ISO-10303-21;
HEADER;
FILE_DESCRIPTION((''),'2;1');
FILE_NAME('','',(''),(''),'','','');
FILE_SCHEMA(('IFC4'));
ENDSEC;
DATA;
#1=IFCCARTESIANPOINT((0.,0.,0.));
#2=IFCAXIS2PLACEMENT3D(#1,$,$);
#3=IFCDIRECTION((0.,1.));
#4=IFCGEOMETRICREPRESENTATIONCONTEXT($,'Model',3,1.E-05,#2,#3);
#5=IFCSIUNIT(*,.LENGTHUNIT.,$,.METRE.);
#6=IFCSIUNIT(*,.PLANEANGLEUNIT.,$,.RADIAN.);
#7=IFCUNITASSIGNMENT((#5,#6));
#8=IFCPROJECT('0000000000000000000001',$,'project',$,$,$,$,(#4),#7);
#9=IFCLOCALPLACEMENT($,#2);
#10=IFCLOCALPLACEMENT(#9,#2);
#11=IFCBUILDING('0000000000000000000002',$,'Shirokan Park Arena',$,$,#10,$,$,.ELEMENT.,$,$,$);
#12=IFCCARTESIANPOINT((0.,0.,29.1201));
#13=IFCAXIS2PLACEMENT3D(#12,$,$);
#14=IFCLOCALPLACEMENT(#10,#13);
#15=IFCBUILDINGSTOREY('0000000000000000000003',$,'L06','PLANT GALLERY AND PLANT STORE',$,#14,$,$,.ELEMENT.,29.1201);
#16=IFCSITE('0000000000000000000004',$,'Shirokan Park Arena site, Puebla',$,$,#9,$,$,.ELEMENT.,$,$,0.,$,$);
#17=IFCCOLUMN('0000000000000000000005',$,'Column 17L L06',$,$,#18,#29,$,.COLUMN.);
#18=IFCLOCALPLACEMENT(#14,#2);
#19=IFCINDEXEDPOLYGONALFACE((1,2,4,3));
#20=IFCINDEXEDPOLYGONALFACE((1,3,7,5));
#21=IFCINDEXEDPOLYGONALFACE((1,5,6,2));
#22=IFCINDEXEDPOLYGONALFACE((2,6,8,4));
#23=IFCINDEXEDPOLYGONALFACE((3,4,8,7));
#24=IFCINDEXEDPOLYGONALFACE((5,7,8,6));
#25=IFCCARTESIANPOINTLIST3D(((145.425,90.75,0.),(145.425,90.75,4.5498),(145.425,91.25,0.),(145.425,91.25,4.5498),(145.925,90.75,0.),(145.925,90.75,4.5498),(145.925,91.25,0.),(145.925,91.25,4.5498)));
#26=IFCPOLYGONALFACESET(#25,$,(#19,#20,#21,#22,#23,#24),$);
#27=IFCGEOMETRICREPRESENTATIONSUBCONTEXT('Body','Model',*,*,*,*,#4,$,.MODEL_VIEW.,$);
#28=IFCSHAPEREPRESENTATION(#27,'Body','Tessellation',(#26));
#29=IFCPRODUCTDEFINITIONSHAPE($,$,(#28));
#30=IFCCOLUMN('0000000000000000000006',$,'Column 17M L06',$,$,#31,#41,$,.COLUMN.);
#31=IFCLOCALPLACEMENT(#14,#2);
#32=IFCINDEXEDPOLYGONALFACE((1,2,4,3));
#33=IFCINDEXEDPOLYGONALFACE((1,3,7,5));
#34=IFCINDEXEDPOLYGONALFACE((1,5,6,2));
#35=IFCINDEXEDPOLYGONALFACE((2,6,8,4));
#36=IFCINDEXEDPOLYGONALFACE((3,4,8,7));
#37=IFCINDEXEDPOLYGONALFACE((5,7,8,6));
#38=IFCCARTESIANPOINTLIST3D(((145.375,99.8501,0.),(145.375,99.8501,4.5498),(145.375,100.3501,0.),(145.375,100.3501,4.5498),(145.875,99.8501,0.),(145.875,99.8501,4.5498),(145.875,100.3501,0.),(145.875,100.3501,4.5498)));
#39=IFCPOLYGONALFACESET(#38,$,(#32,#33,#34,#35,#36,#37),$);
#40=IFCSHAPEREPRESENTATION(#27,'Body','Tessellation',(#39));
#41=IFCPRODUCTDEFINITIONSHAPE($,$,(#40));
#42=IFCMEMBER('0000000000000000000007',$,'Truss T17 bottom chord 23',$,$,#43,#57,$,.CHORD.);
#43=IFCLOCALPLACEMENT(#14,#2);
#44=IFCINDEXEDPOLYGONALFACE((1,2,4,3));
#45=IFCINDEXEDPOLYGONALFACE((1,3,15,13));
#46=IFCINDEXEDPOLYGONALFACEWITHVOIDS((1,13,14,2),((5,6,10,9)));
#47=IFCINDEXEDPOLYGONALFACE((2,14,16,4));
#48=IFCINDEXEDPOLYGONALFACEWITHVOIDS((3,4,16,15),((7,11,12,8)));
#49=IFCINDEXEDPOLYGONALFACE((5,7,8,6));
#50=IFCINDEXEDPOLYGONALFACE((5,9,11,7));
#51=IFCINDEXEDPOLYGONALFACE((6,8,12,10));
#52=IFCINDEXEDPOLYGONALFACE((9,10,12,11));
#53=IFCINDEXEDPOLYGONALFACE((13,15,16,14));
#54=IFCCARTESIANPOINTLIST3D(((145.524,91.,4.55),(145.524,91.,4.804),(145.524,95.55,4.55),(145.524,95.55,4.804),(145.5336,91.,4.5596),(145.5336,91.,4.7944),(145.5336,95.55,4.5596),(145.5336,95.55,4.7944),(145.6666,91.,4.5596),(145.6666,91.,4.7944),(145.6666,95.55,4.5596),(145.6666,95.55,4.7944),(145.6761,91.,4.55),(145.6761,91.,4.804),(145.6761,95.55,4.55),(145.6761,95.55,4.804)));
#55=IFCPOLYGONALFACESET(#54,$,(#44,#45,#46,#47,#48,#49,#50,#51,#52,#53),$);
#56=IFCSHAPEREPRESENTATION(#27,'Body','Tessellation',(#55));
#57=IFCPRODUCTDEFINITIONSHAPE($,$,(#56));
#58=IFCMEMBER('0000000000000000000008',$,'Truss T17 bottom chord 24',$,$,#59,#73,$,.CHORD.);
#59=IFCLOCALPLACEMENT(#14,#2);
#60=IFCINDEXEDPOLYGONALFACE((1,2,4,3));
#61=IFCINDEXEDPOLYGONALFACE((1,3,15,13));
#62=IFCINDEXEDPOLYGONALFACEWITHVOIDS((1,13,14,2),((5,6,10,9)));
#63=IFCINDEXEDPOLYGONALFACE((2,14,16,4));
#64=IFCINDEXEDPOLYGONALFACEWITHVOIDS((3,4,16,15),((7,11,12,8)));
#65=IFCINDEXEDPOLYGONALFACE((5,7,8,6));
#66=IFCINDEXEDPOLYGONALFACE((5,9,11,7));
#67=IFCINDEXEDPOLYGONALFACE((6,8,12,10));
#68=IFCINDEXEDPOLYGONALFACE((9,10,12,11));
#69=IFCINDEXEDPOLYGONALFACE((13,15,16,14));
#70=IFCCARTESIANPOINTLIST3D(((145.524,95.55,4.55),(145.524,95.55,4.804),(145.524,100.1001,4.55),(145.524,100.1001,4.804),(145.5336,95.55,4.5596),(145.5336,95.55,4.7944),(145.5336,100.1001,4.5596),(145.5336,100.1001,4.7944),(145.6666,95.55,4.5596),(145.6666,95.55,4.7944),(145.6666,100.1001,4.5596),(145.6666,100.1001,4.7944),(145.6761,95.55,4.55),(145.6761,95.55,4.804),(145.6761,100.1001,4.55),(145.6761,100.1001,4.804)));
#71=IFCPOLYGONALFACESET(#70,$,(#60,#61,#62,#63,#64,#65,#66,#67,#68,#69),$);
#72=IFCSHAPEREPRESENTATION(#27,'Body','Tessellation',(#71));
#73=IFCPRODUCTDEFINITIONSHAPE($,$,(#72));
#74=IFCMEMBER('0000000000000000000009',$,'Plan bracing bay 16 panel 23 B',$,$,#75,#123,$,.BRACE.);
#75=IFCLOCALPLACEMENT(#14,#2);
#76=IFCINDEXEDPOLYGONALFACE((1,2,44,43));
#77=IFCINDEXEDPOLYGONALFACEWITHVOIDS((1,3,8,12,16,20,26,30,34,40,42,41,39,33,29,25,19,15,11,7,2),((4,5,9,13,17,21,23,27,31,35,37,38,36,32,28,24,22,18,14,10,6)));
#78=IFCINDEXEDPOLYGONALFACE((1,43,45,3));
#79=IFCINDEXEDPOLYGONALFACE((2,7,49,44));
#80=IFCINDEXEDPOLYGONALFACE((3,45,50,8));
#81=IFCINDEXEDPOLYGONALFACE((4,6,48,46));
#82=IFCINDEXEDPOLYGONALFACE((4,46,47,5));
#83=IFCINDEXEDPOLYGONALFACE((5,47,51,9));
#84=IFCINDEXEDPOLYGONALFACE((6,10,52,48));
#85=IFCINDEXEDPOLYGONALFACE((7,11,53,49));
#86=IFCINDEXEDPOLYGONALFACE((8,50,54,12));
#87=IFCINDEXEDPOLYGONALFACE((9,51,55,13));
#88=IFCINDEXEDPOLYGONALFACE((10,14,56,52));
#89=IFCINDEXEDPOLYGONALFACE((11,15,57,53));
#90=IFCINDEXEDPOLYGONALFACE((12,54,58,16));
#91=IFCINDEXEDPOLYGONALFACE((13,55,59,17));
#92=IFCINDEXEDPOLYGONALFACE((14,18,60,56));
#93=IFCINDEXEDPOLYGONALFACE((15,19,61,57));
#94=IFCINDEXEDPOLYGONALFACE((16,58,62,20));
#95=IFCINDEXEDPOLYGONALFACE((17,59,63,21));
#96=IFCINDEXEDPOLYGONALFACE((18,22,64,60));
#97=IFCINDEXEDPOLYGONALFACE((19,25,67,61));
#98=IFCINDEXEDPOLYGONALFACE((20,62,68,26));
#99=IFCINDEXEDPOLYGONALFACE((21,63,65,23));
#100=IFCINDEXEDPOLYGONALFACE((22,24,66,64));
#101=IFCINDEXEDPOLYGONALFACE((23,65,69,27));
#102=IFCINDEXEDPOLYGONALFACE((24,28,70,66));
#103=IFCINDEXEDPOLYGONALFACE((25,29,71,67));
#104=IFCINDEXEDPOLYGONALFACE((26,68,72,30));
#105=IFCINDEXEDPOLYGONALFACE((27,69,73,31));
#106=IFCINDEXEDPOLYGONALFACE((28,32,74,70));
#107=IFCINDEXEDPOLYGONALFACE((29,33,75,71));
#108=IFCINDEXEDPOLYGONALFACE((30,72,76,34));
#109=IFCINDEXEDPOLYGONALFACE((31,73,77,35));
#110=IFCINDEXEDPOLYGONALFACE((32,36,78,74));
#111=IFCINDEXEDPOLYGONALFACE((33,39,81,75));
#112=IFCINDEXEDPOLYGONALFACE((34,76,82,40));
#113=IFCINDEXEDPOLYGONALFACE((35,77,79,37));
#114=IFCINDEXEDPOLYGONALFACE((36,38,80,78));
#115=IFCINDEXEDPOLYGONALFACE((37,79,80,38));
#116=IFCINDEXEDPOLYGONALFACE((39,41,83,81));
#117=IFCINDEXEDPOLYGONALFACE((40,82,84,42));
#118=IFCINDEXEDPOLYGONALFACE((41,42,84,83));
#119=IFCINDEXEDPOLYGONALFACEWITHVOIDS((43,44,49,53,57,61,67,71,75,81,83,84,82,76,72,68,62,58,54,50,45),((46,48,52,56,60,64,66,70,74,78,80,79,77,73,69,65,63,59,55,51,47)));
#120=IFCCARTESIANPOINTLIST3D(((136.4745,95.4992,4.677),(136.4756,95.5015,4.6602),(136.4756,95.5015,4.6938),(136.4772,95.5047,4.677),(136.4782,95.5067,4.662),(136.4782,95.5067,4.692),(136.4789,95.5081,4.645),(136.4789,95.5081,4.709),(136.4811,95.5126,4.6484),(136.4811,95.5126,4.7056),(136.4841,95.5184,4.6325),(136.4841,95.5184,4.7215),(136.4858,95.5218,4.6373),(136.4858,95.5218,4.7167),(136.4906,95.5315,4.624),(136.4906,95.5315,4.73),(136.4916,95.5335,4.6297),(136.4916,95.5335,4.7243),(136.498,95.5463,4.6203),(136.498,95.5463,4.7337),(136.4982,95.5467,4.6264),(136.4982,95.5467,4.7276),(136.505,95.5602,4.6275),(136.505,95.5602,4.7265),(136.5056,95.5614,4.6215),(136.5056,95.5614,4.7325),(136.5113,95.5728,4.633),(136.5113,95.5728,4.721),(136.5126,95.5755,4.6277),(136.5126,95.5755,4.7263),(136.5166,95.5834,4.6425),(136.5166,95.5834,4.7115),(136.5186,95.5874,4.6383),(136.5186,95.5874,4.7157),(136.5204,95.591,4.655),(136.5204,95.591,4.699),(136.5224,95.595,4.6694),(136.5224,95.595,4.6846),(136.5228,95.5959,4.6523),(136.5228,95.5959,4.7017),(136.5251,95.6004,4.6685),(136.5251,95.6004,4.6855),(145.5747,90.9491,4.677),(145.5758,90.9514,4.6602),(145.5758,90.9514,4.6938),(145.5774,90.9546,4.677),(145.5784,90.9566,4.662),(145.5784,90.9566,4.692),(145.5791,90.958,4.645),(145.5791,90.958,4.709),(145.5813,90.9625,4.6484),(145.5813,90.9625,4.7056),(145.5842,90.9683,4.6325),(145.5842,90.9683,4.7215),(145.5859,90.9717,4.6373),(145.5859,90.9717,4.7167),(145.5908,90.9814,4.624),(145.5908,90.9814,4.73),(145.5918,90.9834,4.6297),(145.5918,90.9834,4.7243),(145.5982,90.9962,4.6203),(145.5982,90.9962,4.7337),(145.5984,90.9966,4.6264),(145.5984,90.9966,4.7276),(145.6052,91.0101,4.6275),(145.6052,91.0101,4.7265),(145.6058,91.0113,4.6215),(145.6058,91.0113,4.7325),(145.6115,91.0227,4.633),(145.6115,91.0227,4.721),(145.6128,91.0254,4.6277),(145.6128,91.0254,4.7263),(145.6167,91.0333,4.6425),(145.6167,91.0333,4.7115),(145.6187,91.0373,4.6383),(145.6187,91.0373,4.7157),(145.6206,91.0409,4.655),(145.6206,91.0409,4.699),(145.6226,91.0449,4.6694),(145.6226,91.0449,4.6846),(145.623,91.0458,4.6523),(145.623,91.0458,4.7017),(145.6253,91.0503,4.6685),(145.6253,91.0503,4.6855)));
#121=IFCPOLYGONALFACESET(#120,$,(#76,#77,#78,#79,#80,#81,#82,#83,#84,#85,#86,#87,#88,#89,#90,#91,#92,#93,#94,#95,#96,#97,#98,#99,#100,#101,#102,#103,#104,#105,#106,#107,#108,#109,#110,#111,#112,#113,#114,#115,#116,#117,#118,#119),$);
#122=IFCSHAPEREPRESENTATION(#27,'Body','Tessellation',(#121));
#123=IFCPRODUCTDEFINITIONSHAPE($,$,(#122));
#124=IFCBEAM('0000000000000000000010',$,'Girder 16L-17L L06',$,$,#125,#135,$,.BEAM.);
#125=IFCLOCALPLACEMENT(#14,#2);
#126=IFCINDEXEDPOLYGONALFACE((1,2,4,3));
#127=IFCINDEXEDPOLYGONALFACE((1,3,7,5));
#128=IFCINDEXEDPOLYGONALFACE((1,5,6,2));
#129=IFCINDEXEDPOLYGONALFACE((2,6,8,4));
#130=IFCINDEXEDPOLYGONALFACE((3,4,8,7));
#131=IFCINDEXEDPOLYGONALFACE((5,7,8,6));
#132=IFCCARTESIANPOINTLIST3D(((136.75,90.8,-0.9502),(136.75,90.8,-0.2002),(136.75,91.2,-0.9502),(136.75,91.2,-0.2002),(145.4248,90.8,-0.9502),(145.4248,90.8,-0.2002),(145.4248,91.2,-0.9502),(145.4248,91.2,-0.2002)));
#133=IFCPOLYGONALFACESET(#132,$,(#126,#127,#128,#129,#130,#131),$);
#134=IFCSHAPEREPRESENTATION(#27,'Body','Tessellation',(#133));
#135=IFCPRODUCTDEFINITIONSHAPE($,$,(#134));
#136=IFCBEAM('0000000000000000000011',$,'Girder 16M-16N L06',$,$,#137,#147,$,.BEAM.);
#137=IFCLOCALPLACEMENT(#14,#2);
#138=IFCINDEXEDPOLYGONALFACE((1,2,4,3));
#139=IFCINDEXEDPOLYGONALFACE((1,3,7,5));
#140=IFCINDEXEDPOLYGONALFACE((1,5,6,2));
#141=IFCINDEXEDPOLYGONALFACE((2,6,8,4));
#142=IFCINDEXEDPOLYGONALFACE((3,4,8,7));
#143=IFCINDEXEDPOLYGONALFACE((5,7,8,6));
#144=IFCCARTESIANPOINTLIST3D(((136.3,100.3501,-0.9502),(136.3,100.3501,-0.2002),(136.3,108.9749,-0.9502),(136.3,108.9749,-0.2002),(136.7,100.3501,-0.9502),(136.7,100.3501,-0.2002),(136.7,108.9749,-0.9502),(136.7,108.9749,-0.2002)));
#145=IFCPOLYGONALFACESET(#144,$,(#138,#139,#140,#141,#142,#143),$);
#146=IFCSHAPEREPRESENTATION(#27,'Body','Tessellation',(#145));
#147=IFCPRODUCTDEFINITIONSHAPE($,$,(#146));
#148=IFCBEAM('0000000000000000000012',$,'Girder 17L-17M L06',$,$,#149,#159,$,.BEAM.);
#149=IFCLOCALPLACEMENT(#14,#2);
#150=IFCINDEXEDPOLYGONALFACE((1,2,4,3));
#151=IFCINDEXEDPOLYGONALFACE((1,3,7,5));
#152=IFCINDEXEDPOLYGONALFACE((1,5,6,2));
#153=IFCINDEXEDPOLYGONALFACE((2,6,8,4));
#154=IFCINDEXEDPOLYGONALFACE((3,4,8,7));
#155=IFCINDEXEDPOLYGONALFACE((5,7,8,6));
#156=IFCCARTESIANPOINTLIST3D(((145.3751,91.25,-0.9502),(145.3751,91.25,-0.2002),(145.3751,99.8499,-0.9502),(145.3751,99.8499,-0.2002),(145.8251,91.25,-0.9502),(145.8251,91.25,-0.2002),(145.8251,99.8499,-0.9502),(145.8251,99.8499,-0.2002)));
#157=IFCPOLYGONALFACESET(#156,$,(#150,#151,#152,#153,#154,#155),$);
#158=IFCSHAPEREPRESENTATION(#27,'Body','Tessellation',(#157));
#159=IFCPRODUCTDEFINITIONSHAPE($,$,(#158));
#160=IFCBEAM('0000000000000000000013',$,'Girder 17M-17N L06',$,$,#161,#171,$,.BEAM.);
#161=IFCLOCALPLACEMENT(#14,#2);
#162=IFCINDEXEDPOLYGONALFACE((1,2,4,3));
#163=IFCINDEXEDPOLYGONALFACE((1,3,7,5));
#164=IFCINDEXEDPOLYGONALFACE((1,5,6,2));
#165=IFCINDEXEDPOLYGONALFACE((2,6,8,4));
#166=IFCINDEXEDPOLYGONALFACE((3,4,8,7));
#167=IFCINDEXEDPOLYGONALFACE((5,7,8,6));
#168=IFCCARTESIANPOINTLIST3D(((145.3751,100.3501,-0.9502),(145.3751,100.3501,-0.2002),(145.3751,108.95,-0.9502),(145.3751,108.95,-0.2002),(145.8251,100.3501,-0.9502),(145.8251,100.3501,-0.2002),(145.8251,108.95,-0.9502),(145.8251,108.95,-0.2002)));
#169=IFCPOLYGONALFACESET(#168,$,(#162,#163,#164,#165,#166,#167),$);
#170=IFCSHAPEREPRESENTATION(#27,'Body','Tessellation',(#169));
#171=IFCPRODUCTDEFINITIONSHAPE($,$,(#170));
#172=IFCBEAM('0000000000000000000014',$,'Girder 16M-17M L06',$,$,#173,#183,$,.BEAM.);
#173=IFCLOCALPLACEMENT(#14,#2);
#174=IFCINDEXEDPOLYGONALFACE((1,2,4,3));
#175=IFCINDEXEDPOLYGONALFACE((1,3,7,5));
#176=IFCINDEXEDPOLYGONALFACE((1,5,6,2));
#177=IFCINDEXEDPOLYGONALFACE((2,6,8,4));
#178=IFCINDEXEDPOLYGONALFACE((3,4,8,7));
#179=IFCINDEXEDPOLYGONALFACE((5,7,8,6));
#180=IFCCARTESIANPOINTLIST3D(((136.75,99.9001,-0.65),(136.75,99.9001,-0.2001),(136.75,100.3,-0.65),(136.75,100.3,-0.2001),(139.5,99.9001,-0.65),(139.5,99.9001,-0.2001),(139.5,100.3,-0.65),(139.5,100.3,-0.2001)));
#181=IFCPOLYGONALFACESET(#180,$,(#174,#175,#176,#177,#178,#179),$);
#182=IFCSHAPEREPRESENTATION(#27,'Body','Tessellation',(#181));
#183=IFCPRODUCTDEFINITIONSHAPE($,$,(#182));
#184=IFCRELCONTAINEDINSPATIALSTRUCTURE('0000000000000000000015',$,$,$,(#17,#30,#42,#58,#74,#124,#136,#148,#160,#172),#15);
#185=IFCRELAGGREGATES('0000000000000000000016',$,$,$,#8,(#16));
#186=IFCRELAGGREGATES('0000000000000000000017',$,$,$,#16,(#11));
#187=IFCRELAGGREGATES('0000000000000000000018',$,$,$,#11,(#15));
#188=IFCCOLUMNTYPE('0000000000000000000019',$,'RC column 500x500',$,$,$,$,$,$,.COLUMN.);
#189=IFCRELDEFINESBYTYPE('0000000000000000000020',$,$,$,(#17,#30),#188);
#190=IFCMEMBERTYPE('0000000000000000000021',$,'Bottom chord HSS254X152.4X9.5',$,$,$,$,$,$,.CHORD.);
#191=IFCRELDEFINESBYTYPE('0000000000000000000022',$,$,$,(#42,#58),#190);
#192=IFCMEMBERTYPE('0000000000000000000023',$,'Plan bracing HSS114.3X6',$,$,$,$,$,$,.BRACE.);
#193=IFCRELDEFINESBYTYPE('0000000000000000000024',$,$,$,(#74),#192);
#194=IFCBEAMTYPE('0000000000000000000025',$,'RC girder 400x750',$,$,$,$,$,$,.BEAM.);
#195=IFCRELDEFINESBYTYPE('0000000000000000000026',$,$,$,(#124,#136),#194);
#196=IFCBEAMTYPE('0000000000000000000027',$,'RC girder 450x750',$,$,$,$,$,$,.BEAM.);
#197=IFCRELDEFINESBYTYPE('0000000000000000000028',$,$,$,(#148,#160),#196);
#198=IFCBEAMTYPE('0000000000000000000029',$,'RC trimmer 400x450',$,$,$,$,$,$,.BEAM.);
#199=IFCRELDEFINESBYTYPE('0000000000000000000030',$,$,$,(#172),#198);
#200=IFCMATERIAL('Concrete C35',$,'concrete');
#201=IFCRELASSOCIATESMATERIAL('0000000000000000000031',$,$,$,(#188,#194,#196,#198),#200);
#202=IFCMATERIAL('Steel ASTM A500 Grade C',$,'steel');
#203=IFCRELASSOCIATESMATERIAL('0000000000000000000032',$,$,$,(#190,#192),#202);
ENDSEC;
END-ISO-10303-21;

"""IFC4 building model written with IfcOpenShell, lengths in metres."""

from ifc_helpers import new_model, si_unit, direction, frame, origin, origin_2d, place, context, subcontext, project, spatial, rectangle, hollow_rectangle, hollow_circle, extrude, material, material_profile, profile_set, type_object, element, save


model = new_model("IFC4")

# Units and contexts
model_context = context("Model", 3, precision=1e-05, world=origin(), true_north=direction((0.0, 1.0)))
body_context = subcontext(model_context, "Body", "Model", "MODEL_VIEW")
ifc_project = project(units=[si_unit("LENGTHUNIT", "METRE"), si_unit("PLANEANGLEUNIT", "RADIAN")], contexts=[model_context])

# Site, building, storey
site_placement = place(None, origin())
site = spatial("IfcSite", under=ifc_project, at=site_placement, Name="Shirokan Park Arena site, Puebla", CompositionType="ELEMENT", RefElevation=0.0)
building_placement = place(site_placement, origin())
building = spatial("IfcBuilding", under=site, at=building_placement, Name="Shirokan Park Arena", CompositionType="ELEMENT")
storey_placement = place(building_placement, frame((0.0, 0.0, 29.1201)))
storey = spatial("IfcBuildingStorey", under=building, at=storey_placement, Name="L06", Description="PLANT GALLERY AND PLANT STORE", CompositionType="ELEMENT", Elevation=29.1201)

# Columns
ifc_material_1 = material(Name="Concrete C35", Category="concrete")
ifc_material_profile_1 = material_profile(ifc_material_1, rectangle(XDim=0.5, YDim=0.5, at=origin_2d()), Name="500x500")
ifc_profile_set_1 = profile_set([ifc_material_profile_1], Name="Concrete C35")
column_type = type_object("IfcColumnType", Name="RC column 500x500", PredefinedType="COLUMN", material=ifc_profile_set_1)
for number, where, z_axis, x_axis, name in (
    (1, (145.675, 91.0, 0.0), (0.0, 0.0, 1.0), (1.0, 0.0, 0.0), "Column 17L L06"),
    (2, (145.625, 100.1001, 0.0), (0.0, 0.0, 1.0), (1.0, 0.0, 0.0), "Column 17M L06"),
):
    element("IfcColumn", number, at=place(storey_placement, frame(where, z_axis=z_axis, x_axis=x_axis)), inside=storey, type_object=column_type, Name=name, PredefinedType="COLUMN", context=body_context, shape_type="SweptSolid", body=[
        extrude(rectangle(XDim=0.5, YDim=0.5, at=origin_2d()), origin(), (0.0, 0.0, 1.0), 4.5498),
    ])

# Members
ifc_material_2 = material(Name="Steel ASTM A500 Grade C", Category="steel")
ifc_material_profile_2 = material_profile(ifc_material_2, hollow_rectangle(XDim=0.1521, YDim=0.2539, WallThickness=0.0095, at=origin_2d()), Name="HSS254X152.4X9.5")
ifc_profile_set_2 = profile_set([ifc_material_profile_2], Name="Steel ASTM A500 Grade C")
member_type_1 = type_object("IfcMemberType", Name="Bottom chord HSS254X152.4X9.5", PredefinedType="CHORD", material=ifc_profile_set_2)
for number, where, z_axis, x_axis, name in (
    (3, (145.6001, 91.0, 4.677), (0.0, 1.0, 0.0), (-1.0, 0.0, 0.0), "Truss T17 bottom chord 23"),
    (4, (145.6001, 95.55, 4.677), (0.0, 1.0, 0.0), (-1.0, 0.0, 0.0), "Truss T17 bottom chord 24"),
):
    element("IfcMember", number, at=place(storey_placement, frame(where, z_axis=z_axis, x_axis=x_axis)), inside=storey, type_object=member_type_1, Name=name, PredefinedType="CHORD", context=body_context, shape_type="SweptSolid", body=[
        extrude(hollow_rectangle(XDim=0.1521, YDim=0.2539, WallThickness=0.0095, at=origin_2d()), origin(), (0.0, 0.0, 1.0), 4.55),
    ])
ifc_material_profile_3 = material_profile(ifc_material_2, hollow_circle(Radius=0.0569, WallThickness=0.0061, at=origin_2d()), Name="HSS114.3X6")
ifc_profile_set_3 = profile_set([ifc_material_profile_3], Name="Steel ASTM A500 Grade C")
member_type_2 = type_object("IfcMemberType", Name="Plan bracing HSS114.3X6", PredefinedType="BRACE", material=ifc_profile_set_3)
member_1_placement = place(storey_placement, frame((145.6001, 91.0, 4.677), z_axis=(-0.894427, 0.447214, 0.0), x_axis=(-0.447214, -0.894427, 0.0)))
element("IfcMember", 5, at=member_1_placement, inside=storey, type_object=member_type_2, Name="Plan bracing bay 16 panel 23 B", PredefinedType="BRACE", context=body_context, shape_type="SweptSolid", body=[
    extrude(hollow_circle(Radius=0.0569, WallThickness=0.0061, at=origin_2d()), origin(), (0.0, 0.0, 1.0), 10.1743),
])

# Beams
ifc_material_profile_4 = material_profile(ifc_material_1, rectangle(XDim=0.3999, YDim=0.75, at=origin_2d()), Name="400x750")
ifc_profile_set_4 = profile_set([ifc_material_profile_4], Name="Concrete C35")
beam_type_1 = type_object("IfcBeamType", Name="RC girder 400x750", PredefinedType="BEAM", material=ifc_profile_set_4)
beam_1_placement = place(storey_placement, frame((136.75, 91.0, -0.5752), z_axis=(1.0, 0.0, 0.0), x_axis=(0.0, 1.0, 0.0)))
element("IfcBeam", 6, at=beam_1_placement, inside=storey, type_object=beam_type_1, Name="Girder 16L-17L L06", PredefinedType="BEAM", context=body_context, shape_type="SweptSolid", body=[
    extrude(rectangle(XDim=0.3999, YDim=0.75, at=origin_2d()), origin(), (0.0, 0.0, 1.0), 8.6748),
])
beam_2_placement = place(storey_placement, frame((136.5, 100.3501, -0.5752), z_axis=(0.0, 1.0, 0.0), x_axis=(-1.0, 0.0, 0.0)))
element("IfcBeam", 7, at=beam_2_placement, inside=storey, type_object=beam_type_1, Name="Girder 16M-16N L06", PredefinedType="BEAM", context=body_context, shape_type="SweptSolid", body=[
    extrude(rectangle(XDim=0.3999, YDim=0.75, at=origin_2d()), origin(), (0.0, 0.0, 1.0), 8.6248),
])
ifc_material_profile_5 = material_profile(ifc_material_1, rectangle(XDim=0.45, YDim=0.75, at=origin_2d()), Name="450x750")
ifc_profile_set_5 = profile_set([ifc_material_profile_5], Name="Concrete C35")
beam_type_2 = type_object("IfcBeamType", Name="RC girder 450x750", PredefinedType="BEAM", material=ifc_profile_set_5)
for number, where, z_axis, x_axis, name in (
    (8, (145.6001, 91.25, -0.5752), (0.0, 1.0, 0.0), (-1.0, 0.0, 0.0), "Girder 17L-17M L06"),
    (9, (145.6001, 100.3501, -0.5752), (0.0, 1.0, 0.0), (-1.0, 0.0, 0.0), "Girder 17M-17N L06"),
):
    element("IfcBeam", number, at=place(storey_placement, frame(where, z_axis=z_axis, x_axis=x_axis)), inside=storey, type_object=beam_type_2, Name=name, PredefinedType="BEAM", context=body_context, shape_type="SweptSolid", body=[
        extrude(rectangle(XDim=0.45, YDim=0.75, at=origin_2d()), origin(), (0.0, 0.0, 1.0), 8.5999),
    ])
ifc_material_profile_6 = material_profile(ifc_material_1, rectangle(XDim=0.3999, YDim=0.45, at=origin_2d()), Name="400x450")
ifc_profile_set_6 = profile_set([ifc_material_profile_6], Name="Concrete C35")
beam_type_3 = type_object("IfcBeamType", Name="RC trimmer 400x450", PredefinedType="BEAM", material=ifc_profile_set_6)
beam_3_placement = place(storey_placement, frame((136.75, 100.1001, -0.425), z_axis=(1.0, 0.0, 0.0), x_axis=(0.0, 1.0, 0.0)))
element("IfcBeam", 10, at=beam_3_placement, inside=storey, type_object=beam_type_3, Name="Girder 16M-17M L06", PredefinedType="BEAM", context=body_context, shape_type="SweptSolid", body=[
    extrude(rectangle(XDim=0.3999, YDim=0.45, at=origin_2d()), origin(), (0.0, 0.0, 1.0), 2.75),
])

save(model, "model.ifc")
